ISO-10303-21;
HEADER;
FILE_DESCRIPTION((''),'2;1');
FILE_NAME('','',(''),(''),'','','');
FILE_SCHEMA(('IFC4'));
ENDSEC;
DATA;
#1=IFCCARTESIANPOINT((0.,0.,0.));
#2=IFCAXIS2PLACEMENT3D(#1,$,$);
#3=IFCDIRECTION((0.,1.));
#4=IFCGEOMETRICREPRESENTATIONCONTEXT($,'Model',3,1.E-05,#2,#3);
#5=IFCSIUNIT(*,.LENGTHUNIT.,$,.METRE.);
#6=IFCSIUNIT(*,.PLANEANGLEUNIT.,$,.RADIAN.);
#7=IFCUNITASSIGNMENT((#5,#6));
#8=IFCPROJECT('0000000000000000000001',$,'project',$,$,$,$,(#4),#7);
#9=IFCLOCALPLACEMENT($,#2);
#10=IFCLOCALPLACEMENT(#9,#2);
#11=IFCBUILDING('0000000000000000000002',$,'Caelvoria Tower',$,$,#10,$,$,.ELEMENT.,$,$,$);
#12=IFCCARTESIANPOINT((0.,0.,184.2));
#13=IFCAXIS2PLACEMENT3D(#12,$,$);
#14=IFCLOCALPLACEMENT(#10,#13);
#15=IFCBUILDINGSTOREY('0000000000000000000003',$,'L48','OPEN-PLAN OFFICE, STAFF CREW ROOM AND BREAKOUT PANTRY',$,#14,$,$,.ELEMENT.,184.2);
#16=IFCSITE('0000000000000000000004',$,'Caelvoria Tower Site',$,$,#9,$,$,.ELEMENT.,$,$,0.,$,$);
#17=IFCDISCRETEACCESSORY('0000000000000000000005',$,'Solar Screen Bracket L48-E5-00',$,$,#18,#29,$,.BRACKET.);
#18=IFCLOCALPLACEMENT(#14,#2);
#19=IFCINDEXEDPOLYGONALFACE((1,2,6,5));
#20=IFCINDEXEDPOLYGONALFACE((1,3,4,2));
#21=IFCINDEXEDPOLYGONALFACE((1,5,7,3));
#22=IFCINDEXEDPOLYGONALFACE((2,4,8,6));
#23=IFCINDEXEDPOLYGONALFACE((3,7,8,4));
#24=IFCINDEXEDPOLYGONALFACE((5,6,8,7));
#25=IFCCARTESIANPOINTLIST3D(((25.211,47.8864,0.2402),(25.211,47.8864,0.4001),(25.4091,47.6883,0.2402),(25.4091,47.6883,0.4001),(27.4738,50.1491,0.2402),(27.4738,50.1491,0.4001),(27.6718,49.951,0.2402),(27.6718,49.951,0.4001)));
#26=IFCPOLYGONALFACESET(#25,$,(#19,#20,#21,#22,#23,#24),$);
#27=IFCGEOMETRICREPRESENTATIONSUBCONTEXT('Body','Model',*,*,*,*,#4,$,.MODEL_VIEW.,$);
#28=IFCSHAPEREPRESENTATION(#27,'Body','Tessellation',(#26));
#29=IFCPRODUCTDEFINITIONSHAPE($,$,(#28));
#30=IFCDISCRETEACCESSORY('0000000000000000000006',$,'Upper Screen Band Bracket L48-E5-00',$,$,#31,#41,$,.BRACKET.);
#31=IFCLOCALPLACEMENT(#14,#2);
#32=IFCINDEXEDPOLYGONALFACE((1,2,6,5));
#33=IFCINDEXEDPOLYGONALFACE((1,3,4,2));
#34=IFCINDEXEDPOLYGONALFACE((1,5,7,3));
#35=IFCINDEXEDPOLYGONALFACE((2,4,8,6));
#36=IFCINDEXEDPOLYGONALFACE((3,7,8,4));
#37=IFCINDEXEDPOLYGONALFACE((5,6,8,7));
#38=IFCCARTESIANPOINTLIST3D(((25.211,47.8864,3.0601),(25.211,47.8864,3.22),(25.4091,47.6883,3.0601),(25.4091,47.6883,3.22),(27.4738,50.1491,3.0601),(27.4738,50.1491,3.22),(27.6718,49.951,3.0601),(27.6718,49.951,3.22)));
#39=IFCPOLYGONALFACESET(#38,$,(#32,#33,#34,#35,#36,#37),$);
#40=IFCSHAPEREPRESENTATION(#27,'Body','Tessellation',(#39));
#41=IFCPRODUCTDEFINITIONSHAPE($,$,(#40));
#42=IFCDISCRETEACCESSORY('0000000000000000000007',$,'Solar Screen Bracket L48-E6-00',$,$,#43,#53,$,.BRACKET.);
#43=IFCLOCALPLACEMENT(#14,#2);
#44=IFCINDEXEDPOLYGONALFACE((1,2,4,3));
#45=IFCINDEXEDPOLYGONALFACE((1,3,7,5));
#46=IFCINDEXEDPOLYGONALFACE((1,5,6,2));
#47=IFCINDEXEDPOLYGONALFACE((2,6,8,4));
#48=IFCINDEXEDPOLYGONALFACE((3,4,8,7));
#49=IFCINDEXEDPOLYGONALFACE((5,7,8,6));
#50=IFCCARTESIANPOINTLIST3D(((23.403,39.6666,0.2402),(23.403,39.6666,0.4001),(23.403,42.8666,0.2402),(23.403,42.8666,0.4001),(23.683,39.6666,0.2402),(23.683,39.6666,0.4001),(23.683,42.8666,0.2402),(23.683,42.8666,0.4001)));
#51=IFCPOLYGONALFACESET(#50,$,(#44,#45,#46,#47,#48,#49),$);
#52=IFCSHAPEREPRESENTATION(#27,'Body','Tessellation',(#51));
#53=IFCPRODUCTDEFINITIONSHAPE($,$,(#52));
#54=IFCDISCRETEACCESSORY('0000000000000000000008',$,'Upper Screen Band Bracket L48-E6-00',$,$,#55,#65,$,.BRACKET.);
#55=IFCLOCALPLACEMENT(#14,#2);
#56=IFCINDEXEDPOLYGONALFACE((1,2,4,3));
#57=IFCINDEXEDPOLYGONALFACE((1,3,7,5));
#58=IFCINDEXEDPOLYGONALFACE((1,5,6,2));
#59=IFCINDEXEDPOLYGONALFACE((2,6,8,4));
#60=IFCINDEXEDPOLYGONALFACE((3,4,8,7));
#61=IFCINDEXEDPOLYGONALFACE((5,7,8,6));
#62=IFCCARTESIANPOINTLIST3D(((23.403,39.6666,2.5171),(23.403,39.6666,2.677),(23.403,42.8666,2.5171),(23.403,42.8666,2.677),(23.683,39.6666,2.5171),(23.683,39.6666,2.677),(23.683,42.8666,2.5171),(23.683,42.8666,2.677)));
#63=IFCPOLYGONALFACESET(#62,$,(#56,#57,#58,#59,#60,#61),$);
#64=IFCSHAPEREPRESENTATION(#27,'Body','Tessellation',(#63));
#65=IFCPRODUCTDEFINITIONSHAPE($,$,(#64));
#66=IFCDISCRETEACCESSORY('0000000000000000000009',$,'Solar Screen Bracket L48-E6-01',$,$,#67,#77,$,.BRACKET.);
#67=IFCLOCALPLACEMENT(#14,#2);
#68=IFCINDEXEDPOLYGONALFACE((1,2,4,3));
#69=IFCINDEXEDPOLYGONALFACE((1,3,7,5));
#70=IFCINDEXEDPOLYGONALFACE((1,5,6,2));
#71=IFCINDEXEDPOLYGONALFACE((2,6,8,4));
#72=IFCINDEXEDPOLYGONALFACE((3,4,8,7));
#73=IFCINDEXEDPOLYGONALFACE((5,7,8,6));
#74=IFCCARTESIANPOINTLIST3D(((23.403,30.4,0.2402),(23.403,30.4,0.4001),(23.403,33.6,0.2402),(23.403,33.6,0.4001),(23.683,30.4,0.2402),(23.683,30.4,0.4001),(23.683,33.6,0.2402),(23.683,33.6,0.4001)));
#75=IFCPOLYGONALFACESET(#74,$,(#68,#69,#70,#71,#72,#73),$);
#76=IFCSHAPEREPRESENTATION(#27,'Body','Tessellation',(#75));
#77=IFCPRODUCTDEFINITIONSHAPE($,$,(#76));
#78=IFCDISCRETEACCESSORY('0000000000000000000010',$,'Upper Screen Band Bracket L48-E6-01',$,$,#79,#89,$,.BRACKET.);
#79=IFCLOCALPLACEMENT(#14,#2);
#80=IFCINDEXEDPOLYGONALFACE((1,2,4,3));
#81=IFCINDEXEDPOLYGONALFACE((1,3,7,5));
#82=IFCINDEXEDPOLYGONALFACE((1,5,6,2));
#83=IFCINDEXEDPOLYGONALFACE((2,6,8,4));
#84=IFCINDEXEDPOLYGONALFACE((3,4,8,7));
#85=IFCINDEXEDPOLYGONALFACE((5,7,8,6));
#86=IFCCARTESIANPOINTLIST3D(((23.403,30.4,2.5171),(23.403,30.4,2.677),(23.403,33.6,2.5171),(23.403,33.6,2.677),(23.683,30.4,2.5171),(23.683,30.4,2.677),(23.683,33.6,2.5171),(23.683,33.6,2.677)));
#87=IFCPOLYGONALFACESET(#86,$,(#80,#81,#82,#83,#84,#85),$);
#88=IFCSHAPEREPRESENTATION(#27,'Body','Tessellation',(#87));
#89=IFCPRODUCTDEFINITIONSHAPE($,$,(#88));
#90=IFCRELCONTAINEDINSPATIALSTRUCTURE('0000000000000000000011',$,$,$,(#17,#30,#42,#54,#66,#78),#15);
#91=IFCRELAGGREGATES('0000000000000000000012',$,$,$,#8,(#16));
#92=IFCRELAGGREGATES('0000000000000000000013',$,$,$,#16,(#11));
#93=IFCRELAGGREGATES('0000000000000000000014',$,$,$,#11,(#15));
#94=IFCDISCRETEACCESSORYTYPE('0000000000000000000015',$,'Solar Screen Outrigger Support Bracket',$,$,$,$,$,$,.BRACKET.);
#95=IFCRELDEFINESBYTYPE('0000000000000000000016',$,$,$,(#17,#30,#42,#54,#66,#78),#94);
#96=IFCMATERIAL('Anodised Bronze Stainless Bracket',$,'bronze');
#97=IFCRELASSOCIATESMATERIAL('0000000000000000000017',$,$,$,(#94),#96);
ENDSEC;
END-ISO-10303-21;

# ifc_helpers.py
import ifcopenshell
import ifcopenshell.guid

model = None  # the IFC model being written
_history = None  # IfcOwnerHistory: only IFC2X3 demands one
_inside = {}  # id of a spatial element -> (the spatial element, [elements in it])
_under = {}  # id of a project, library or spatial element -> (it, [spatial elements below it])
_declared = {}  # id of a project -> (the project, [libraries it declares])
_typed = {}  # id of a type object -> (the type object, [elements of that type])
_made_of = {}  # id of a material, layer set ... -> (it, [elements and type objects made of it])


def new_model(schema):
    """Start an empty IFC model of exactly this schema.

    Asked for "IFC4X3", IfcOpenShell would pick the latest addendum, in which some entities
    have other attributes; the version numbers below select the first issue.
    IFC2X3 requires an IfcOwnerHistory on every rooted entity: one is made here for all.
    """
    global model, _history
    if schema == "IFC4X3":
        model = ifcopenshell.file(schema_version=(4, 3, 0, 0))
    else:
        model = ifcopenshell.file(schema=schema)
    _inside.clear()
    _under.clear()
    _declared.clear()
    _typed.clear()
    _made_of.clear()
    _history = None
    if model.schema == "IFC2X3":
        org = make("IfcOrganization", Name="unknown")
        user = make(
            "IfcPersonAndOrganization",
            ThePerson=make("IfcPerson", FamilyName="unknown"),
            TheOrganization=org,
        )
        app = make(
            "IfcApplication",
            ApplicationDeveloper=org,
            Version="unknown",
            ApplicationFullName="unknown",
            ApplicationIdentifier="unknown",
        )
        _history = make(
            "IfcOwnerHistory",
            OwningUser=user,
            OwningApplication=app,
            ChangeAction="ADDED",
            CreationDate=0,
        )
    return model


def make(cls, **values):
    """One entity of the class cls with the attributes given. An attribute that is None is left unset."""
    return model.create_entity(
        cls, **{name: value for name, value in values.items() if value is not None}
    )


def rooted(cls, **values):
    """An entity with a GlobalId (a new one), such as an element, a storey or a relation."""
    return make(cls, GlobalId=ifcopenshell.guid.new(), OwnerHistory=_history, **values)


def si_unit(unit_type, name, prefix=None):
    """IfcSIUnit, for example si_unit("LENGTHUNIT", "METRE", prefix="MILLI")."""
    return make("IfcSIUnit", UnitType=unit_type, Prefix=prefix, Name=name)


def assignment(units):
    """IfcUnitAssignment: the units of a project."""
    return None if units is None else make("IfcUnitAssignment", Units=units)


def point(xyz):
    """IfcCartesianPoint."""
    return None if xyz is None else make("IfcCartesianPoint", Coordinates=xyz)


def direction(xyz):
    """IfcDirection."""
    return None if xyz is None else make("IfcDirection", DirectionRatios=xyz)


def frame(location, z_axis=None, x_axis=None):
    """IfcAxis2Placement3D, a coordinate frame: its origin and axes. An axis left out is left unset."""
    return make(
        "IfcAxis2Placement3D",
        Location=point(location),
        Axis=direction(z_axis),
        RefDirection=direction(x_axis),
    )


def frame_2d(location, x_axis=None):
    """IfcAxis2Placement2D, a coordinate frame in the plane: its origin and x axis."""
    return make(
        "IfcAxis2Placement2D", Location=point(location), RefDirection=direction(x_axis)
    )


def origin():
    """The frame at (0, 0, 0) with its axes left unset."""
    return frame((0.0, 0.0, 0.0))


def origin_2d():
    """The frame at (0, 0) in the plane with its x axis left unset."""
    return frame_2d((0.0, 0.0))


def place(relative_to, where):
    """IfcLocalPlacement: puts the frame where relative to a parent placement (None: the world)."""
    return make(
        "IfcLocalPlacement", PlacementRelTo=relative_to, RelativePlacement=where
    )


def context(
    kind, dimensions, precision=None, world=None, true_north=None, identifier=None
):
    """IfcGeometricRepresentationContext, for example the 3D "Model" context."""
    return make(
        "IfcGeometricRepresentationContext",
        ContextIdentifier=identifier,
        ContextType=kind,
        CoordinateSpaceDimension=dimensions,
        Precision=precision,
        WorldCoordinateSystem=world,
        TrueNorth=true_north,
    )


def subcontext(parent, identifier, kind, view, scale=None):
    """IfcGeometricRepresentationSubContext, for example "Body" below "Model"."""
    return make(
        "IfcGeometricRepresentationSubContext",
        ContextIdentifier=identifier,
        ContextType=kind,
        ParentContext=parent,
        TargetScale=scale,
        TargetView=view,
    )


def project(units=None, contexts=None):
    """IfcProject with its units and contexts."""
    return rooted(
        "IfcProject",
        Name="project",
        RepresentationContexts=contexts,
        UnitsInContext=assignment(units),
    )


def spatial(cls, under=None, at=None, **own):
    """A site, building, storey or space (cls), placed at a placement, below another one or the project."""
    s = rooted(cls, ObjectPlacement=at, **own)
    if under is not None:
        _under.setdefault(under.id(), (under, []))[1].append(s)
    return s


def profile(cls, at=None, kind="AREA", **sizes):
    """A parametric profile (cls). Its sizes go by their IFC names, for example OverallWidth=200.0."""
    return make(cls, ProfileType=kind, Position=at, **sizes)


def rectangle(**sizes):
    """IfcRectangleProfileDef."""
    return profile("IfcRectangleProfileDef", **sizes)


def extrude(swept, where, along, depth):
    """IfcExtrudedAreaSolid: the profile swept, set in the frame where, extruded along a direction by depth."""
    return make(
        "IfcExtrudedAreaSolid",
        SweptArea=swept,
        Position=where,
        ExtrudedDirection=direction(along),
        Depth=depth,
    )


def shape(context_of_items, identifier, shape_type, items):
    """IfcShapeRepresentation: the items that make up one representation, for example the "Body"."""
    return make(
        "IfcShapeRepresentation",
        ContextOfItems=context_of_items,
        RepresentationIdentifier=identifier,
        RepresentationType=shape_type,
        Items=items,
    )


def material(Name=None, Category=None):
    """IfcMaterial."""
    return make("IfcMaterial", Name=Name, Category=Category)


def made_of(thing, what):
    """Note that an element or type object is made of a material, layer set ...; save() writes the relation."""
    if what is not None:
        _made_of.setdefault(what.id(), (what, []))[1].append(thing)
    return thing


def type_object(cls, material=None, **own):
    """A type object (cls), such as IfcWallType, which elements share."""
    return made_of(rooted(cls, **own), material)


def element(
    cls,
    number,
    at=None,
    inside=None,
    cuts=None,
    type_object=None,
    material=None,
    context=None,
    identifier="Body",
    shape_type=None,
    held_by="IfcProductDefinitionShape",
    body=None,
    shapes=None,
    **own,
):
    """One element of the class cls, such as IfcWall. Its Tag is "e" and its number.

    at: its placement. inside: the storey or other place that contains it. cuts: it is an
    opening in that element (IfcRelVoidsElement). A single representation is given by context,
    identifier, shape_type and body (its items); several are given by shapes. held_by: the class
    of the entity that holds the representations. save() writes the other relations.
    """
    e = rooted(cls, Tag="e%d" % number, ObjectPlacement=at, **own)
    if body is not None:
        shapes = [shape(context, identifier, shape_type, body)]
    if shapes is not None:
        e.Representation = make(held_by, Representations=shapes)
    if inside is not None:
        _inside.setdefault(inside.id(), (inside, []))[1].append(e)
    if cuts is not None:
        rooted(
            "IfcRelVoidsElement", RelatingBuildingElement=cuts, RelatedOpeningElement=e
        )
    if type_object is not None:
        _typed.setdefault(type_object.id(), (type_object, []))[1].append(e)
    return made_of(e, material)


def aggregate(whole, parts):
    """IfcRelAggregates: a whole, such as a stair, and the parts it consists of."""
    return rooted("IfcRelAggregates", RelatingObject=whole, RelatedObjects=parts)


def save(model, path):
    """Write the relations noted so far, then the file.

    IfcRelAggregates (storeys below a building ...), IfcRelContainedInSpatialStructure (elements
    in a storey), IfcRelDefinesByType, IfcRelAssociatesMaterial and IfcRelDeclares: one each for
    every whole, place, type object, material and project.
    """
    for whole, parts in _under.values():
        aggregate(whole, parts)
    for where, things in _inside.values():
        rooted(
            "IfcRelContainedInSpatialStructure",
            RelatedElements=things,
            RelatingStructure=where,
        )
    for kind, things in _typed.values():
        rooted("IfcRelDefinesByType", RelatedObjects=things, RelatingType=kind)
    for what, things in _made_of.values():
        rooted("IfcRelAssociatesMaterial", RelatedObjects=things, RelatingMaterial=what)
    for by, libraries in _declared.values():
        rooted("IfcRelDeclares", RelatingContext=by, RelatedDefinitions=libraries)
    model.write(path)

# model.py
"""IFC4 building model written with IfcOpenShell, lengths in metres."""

from ifc_helpers import new_model, si_unit, direction, frame, origin, origin_2d, place, context, subcontext, project, spatial, rectangle, extrude, material, type_object, element, save


model = new_model("IFC4")

# Units and contexts
model_context = context("Model", 3, precision=1e-05, world=origin(), true_north=direction((0.0, 1.0)))
body_context = subcontext(model_context, "Body", "Model", "MODEL_VIEW")
ifc_project = project(units=[si_unit("LENGTHUNIT", "METRE"), si_unit("PLANEANGLEUNIT", "RADIAN")], contexts=[model_context])

# Site, building, storey
site_placement = place(None, origin())
site = spatial("IfcSite", under=ifc_project, at=site_placement, Name="Caelvoria Tower Site", CompositionType="ELEMENT", RefElevation=0.0)
building_placement = place(site_placement, origin())
building = spatial("IfcBuilding", under=site, at=building_placement, Name="Caelvoria Tower", CompositionType="ELEMENT")
storey_placement = place(building_placement, frame((0.0, 0.0, 184.2)))
storey = spatial("IfcBuildingStorey", under=building, at=storey_placement, Name="L48", Description="OPEN-PLAN OFFICE, STAFF CREW ROOM AND BREAKOUT PANTRY", CompositionType="ELEMENT", Elevation=184.2)

# Discrete accessories
ifc_material_1 = material(Name="Anodised Bronze Stainless Bracket", Category="bronze")
discrete_accessory_type = type_object("IfcDiscreteAccessoryType", Name="Solar Screen Outrigger Support Bracket", PredefinedType="BRACKET", material=ifc_material_1)
for number, where, z_axis, x_axis, name in (
    (1, (26.4414, 48.9187, 0.2402), (0.0, 0.0, 1.0), (-0.707107, -0.707107, 0.0), "Solar Screen Bracket L48-E5-00"),
    (2, (26.4414, 48.9187, 3.0601), (0.0, 0.0, 1.0), (-0.707107, -0.707107, 0.0), "Upper Screen Band Bracket L48-E5-00"),
    (3, (23.543, 41.2666, 0.2402), (0.0, 0.0, 1.0), (0.0, -1.0, 0.0), "Solar Screen Bracket L48-E6-00"),
    (4, (23.543, 41.2666, 2.5171), (0.0, 0.0, 1.0), (0.0, -1.0, 0.0), "Upper Screen Band Bracket L48-E6-00"),
    (5, (23.543, 32.0, 0.2402), (0.0, 0.0, 1.0), (0.0, -1.0, 0.0), "Solar Screen Bracket L48-E6-01"),
    (6, (23.543, 32.0, 2.5171), (0.0, 0.0, 1.0), (0.0, -1.0, 0.0), "Upper Screen Band Bracket L48-E6-01"),
):
    element("IfcDiscreteAccessory", number, at=place(storey_placement, frame(where, z_axis=z_axis, x_axis=x_axis)), inside=storey, type_object=discrete_accessory_type, Name=name, PredefinedType="BRACKET", context=body_context, shape_type="SweptSolid", body=[
        extrude(rectangle(XDim=3.2, YDim=0.28, at=origin_2d()), origin(), (0.0, 0.0, 1.0), 0.1599),
    ])

save(model, "model.ifc")
